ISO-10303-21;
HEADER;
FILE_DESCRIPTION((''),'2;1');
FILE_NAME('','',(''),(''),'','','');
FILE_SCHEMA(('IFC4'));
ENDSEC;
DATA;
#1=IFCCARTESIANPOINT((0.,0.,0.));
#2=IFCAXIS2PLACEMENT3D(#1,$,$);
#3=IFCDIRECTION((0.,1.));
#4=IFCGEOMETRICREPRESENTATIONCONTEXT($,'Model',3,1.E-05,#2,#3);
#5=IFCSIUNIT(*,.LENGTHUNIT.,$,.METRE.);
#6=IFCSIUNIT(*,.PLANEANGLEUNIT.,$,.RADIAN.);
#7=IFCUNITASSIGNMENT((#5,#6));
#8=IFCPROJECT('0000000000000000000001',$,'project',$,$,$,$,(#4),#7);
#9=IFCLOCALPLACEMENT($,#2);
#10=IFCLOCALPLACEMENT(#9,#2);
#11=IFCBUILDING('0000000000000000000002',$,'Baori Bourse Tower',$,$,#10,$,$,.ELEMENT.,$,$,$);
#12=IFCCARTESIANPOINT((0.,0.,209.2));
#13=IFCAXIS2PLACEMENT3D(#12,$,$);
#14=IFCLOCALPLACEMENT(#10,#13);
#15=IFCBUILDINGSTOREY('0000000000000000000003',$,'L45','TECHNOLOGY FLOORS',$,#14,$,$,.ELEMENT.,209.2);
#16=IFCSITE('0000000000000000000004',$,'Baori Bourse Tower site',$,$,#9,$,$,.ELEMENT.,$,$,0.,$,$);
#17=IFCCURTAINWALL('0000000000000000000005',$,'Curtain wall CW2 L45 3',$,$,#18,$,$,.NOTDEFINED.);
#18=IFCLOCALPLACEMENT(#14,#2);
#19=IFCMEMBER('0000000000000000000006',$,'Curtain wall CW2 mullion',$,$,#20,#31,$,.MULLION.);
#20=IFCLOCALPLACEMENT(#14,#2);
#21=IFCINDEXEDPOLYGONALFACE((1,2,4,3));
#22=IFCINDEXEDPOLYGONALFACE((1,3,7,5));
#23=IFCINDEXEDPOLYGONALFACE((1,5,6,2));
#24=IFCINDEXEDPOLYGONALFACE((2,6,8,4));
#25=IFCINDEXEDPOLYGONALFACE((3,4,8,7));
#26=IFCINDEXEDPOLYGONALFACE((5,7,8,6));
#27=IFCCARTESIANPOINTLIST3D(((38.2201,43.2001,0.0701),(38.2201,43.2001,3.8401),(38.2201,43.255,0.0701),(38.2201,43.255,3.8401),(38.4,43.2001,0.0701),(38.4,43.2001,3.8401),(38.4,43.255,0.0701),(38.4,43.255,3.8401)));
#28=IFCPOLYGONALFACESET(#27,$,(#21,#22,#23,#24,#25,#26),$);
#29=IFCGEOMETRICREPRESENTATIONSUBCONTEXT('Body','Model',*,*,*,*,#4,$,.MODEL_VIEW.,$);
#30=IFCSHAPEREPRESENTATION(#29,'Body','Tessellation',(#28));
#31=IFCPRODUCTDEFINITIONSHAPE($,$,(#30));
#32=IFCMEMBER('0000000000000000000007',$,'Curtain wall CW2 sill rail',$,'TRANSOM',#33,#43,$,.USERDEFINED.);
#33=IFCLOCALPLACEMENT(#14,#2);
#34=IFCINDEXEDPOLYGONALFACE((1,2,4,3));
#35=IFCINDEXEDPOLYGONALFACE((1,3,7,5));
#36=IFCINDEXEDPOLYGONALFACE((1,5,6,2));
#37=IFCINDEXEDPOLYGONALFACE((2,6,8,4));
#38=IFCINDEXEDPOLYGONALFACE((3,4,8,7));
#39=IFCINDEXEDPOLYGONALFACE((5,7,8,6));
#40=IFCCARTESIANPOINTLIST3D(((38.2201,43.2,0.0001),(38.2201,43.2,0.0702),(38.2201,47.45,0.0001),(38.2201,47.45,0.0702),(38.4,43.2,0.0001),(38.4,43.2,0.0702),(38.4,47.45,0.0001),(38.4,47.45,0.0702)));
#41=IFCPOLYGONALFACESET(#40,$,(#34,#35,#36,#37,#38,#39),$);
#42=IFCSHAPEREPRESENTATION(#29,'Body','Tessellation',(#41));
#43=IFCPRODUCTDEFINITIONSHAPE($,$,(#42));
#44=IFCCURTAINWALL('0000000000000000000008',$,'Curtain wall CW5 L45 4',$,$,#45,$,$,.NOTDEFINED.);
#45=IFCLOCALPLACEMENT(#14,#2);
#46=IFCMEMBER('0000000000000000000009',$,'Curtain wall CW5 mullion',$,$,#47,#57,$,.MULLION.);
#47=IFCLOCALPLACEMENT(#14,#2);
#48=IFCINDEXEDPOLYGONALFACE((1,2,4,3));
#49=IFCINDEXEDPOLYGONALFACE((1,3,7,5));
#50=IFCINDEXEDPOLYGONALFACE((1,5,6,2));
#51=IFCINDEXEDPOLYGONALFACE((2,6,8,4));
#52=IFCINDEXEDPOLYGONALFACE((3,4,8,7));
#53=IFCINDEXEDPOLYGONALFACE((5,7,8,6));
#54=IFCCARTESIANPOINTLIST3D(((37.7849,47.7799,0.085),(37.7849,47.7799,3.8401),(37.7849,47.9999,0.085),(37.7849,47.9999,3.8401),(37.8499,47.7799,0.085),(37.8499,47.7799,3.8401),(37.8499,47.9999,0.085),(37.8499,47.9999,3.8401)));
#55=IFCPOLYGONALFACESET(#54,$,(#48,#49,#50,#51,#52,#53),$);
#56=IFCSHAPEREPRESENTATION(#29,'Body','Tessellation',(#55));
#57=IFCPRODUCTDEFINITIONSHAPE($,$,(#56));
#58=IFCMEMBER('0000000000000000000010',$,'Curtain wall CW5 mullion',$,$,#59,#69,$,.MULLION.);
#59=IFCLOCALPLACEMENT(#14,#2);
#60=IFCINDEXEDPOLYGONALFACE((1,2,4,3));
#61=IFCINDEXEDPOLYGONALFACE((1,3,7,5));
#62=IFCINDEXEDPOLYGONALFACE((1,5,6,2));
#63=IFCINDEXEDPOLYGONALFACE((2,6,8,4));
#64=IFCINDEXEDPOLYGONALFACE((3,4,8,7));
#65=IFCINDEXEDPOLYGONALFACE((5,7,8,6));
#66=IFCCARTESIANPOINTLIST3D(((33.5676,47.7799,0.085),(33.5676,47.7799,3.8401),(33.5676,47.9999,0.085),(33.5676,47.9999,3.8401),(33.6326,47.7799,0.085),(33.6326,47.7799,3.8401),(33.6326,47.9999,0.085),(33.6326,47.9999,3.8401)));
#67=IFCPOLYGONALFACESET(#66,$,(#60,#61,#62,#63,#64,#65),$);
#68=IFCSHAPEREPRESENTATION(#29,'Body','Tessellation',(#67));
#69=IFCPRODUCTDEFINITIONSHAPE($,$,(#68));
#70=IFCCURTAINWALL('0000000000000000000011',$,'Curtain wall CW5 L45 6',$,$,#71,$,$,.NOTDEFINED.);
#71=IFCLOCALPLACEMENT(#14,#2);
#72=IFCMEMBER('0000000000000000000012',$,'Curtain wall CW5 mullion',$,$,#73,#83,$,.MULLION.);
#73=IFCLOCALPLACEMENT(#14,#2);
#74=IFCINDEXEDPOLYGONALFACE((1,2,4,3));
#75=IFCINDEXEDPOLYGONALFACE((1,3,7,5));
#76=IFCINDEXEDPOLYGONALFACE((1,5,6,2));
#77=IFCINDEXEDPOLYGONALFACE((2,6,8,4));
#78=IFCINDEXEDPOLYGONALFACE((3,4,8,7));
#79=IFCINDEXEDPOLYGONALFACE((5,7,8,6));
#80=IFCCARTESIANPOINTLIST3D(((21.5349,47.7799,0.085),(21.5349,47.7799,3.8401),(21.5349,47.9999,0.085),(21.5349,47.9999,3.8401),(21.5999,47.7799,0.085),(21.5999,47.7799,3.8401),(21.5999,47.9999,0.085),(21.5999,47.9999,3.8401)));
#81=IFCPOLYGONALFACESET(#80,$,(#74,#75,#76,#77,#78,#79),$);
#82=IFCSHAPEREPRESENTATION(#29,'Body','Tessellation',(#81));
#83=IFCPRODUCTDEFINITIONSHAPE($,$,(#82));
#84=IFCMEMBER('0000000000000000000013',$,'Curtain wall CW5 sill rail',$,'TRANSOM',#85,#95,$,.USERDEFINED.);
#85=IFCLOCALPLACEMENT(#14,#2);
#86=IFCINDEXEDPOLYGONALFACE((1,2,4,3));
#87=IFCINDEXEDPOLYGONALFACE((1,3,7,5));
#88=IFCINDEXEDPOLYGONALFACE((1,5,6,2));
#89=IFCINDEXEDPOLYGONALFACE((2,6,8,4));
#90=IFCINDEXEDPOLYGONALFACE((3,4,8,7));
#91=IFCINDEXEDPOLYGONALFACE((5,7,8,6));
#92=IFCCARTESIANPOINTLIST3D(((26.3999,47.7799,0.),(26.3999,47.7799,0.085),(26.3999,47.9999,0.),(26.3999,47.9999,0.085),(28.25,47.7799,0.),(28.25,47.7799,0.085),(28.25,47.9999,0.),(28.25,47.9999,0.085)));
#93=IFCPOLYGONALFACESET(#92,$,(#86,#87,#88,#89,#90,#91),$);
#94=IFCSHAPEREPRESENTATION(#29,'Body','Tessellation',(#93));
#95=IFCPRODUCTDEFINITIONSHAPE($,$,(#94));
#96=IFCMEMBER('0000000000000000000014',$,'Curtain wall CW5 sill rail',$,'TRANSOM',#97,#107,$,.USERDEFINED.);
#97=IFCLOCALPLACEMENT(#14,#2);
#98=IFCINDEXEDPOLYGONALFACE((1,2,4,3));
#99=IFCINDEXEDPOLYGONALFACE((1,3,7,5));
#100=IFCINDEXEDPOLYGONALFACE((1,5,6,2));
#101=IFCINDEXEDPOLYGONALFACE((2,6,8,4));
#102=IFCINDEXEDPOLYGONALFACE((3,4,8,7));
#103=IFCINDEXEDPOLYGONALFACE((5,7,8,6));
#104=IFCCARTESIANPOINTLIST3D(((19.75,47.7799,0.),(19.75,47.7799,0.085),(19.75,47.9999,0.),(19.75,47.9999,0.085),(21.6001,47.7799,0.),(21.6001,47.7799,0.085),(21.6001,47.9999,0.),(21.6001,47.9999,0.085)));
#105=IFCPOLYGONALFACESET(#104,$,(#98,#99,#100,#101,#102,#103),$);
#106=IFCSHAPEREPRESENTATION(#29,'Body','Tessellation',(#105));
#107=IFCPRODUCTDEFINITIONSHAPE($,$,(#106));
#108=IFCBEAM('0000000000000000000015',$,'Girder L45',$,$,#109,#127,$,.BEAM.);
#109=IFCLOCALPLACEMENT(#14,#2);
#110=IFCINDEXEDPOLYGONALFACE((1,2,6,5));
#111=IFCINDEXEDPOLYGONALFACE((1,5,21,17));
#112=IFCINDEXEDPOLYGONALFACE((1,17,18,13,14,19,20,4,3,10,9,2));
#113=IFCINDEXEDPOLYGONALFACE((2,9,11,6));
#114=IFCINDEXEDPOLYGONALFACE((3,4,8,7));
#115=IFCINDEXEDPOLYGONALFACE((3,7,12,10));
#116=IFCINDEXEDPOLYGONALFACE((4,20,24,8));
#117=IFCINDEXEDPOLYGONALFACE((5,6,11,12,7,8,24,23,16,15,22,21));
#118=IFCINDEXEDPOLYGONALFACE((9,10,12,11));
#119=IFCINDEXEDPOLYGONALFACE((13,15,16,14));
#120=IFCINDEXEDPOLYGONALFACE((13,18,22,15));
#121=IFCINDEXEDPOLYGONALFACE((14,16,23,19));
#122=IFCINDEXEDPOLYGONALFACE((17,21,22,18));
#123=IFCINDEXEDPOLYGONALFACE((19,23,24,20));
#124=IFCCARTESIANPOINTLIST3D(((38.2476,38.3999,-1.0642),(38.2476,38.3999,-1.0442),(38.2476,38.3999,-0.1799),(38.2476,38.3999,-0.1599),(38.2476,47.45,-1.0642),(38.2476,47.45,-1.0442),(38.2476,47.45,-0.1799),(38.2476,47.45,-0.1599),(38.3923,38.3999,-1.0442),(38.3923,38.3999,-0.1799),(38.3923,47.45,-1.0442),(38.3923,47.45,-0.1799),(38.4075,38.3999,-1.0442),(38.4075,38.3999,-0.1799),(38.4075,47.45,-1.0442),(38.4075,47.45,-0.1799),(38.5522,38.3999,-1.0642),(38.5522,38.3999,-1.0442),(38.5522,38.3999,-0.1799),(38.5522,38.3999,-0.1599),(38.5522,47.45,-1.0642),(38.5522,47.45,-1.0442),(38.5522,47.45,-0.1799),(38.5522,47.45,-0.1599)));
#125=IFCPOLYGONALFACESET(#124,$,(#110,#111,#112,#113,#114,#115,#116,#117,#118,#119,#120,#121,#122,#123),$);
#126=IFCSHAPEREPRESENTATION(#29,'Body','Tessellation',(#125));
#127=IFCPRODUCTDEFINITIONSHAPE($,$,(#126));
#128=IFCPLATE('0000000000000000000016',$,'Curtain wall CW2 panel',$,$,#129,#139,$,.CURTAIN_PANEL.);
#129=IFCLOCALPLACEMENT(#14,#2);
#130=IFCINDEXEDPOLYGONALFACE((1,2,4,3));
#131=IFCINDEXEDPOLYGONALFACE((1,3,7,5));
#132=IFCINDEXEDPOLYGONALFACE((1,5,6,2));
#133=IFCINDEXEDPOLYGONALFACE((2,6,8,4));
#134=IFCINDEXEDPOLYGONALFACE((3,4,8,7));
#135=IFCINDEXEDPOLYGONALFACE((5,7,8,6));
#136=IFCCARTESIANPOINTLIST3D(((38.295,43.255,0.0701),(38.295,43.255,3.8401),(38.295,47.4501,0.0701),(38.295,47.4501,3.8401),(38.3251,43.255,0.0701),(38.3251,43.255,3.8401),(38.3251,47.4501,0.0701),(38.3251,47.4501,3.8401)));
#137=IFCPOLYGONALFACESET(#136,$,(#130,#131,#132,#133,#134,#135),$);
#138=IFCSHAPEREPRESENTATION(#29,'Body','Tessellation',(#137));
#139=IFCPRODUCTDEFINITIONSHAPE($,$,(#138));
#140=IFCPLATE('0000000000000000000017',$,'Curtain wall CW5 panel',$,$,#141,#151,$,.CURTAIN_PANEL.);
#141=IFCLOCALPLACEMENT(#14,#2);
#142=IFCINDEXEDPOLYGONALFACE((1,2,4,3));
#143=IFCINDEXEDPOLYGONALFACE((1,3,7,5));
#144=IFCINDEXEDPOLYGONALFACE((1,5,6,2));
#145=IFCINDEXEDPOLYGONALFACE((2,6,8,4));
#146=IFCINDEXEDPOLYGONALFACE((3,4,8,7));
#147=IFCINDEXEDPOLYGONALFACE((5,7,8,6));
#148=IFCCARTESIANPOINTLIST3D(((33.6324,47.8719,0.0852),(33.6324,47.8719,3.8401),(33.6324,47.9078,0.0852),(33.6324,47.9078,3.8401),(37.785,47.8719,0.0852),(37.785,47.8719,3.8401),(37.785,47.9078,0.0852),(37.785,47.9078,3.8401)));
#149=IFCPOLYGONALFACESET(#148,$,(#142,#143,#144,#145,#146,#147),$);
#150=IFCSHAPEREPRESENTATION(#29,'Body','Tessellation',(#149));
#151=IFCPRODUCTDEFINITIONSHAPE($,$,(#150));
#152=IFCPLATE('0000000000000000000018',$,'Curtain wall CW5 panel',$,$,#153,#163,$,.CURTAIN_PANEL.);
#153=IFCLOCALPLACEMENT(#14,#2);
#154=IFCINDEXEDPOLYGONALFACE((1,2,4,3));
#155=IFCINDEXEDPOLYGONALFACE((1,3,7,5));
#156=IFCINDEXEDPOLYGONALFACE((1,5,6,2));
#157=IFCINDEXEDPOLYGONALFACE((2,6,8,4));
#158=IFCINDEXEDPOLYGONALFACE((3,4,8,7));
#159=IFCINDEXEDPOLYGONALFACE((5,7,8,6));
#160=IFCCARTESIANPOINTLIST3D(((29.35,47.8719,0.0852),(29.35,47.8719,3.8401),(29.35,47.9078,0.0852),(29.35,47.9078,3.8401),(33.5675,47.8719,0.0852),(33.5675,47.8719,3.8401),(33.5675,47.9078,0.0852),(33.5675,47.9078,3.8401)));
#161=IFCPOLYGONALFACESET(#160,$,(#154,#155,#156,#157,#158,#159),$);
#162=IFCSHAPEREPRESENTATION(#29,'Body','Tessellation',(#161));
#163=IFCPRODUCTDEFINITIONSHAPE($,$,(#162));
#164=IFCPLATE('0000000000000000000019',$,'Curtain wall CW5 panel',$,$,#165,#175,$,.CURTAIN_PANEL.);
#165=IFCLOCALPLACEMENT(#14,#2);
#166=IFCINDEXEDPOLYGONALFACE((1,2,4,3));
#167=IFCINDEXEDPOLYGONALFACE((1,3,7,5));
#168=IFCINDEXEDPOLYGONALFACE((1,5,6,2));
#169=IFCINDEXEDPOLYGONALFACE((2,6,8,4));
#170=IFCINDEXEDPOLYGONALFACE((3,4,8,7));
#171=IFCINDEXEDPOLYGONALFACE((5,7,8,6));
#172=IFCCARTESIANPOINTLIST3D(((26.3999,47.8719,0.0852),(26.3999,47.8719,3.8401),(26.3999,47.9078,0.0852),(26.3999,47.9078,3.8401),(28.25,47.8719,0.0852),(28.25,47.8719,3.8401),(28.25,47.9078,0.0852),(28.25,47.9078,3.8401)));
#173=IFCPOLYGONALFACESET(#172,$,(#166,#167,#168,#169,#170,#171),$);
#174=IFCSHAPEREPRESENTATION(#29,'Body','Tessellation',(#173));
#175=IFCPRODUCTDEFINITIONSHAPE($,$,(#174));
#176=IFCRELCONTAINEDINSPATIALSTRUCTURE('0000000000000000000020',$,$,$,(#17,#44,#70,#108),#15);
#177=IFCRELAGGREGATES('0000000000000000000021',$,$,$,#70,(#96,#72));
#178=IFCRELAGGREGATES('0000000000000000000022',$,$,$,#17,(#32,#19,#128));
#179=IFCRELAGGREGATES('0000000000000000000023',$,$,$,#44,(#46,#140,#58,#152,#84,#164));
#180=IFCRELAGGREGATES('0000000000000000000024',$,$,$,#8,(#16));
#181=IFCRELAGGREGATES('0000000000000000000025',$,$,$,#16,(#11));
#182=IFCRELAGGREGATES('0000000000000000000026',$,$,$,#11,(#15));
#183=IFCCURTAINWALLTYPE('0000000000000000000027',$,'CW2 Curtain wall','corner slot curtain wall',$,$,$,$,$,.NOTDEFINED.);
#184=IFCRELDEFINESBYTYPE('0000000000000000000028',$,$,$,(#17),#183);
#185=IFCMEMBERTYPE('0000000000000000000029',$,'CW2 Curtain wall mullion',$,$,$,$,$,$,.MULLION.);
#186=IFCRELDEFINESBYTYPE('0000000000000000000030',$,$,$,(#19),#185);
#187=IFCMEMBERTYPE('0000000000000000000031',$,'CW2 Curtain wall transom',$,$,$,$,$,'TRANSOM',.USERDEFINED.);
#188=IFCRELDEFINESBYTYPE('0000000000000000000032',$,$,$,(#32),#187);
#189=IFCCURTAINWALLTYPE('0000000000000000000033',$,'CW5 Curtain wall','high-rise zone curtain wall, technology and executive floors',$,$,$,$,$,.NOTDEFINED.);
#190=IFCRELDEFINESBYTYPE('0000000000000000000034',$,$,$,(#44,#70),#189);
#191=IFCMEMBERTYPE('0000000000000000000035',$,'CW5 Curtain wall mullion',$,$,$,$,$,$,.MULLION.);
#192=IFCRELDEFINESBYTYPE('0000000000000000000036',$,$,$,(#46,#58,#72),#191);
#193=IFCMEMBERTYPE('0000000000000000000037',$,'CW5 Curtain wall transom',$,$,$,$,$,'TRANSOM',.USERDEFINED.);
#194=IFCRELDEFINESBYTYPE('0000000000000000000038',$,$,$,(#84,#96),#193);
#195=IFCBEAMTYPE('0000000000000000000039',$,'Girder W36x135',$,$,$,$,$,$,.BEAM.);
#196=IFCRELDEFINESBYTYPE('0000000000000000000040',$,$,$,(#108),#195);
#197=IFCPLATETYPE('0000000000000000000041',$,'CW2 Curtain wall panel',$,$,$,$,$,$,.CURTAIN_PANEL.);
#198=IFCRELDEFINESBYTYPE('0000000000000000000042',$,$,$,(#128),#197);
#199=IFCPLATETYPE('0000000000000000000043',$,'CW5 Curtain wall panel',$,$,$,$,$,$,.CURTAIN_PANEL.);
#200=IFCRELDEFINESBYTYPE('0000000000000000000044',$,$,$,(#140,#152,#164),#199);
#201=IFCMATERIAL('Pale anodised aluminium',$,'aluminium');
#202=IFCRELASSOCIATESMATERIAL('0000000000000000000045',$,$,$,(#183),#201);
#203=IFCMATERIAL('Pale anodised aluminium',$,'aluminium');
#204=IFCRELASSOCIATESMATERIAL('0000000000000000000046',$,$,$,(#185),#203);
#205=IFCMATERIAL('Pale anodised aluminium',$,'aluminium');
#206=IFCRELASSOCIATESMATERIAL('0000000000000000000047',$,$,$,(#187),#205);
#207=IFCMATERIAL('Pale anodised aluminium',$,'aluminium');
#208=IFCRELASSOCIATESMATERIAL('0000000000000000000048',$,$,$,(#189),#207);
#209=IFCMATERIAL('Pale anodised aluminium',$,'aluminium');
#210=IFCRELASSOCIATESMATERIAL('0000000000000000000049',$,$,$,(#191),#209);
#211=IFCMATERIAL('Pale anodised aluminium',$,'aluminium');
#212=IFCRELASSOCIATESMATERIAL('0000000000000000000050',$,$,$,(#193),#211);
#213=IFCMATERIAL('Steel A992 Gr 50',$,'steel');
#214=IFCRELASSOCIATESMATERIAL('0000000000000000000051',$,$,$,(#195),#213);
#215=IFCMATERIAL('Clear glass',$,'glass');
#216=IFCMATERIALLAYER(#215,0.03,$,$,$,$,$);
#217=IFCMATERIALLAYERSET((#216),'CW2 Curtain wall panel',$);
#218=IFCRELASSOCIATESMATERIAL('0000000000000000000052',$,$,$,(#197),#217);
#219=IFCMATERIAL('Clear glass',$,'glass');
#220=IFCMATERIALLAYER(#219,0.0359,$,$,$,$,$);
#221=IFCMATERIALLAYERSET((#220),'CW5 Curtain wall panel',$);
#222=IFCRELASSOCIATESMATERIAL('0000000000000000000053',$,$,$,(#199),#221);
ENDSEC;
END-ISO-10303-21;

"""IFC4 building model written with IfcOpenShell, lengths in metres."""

from ifc_helpers import new_model, si_unit, direction, frame, origin, origin_2d, place, context, subcontext, project, spatial, rectangle, i_section, extrude, material, layer, layer_set, material_profile, profile_set, type_object, element, aggregate, save


model = new_model("IFC4")

# Units and contexts
model_context = context("Model", 3, precision=1e-05, world=origin(), true_north=direction((0.0, 1.0)))
body_context = subcontext(model_context, "Body", "Model", "MODEL_VIEW")
ifc_project = project(units=[si_unit("LENGTHUNIT", "METRE"), si_unit("PLANEANGLEUNIT", "RADIAN")], contexts=[model_context])

# Site, building, storey
site_placement = place(None, origin())
site = spatial("IfcSite", under=ifc_project, at=site_placement, Name="Baori Bourse Tower site", CompositionType="ELEMENT", RefElevation=0.0)
building_placement = place(site_placement, origin())
building = spatial("IfcBuilding", under=site, at=building_placement, Name="Baori Bourse Tower", CompositionType="ELEMENT")
storey_placement = place(building_placement, frame((0.0, 0.0, 209.2)))
storey = spatial("IfcBuildingStorey", under=building, at=storey_placement, Name="L45", Description="TECHNOLOGY FLOORS", CompositionType="ELEMENT", Elevation=209.2)

# Curtain walls, members
ifc_material_1 = material(Name="Pale anodised aluminium", Category="aluminium")
curtain_wall_type_1 = type_object("IfcCurtainWallType", Name="CW2 Curtain wall", Description="corner slot curtain wall", PredefinedType="NOTDEFINED", material=ifc_material_1)
curtain_wall_1_placement = place(storey_placement, origin())
curtain_wall_1 = element("IfcCurtainWall", 1, at=curtain_wall_1_placement, inside=storey, type_object=curtain_wall_type_1, Name="Curtain wall CW2 L45 3", PredefinedType="NOTDEFINED")
ifc_material_2 = material(Name="Pale anodised aluminium", Category="aluminium")
ifc_material_profile_1 = material_profile(ifc_material_2, rectangle(XDim=0.1799, YDim=0.0549, at=origin_2d()), Name="Mullion 55x180")
ifc_profile_set_1 = profile_set([ifc_material_profile_1], Name="Pale anodised aluminium")
member_type_1 = type_object("IfcMemberType", Name="CW2 Curtain wall mullion", PredefinedType="MULLION", material=ifc_profile_set_1)
member_1_placement = place(storey_placement, frame((38.3101, 43.2275, 0.0701), z_axis=(0.0, 0.0, 1.0), x_axis=(-1.0, 0.0, 0.0)))
member_1 = element("IfcMember", 2, at=member_1_placement, type_object=member_type_1, Name="Curtain wall CW2 mullion", PredefinedType="MULLION", context=body_context, shape_type="SweptSolid", body=[
    extrude(rectangle(XDim=0.1799, YDim=0.0549, at=origin_2d()), origin(), (0.0, 0.0, 1.0), 3.77),
])
ifc_material_3 = material(Name="Pale anodised aluminium", Category="aluminium")
ifc_material_profile_2 = material_profile(ifc_material_3, rectangle(XDim=0.1799, YDim=0.0701, at=origin_2d()), Name="Transom 70x180")
ifc_profile_set_2 = profile_set([ifc_material_profile_2], Name="Pale anodised aluminium")
member_type_2 = type_object("IfcMemberType", Name="CW2 Curtain wall transom", ElementType="TRANSOM", PredefinedType="USERDEFINED", material=ifc_profile_set_2)
member_2_placement = place(storey_placement, frame((38.3101, 43.2, 0.0352), z_axis=(0.0, 1.0, 0.0), x_axis=(-1.0, 0.0, 0.0)))
member_2 = element("IfcMember", 3, at=member_2_placement, type_object=member_type_2, Name="Curtain wall CW2 sill rail", ObjectType="TRANSOM", PredefinedType="USERDEFINED", context=body_context, shape_type="SweptSolid", body=[
    extrude(rectangle(XDim=0.1799, YDim=0.0701, at=origin_2d()), origin(), (0.0, 0.0, 1.0), 4.25),
])
ifc_material_4 = material(Name="Pale anodised aluminium", Category="aluminium")
curtain_wall_type_2 = type_object("IfcCurtainWallType", Name="CW5 Curtain wall", Description="high-rise zone curtain wall, technology and executive floors", PredefinedType="NOTDEFINED", material=ifc_material_4)
curtain_wall_2_placement = place(storey_placement, origin())
curtain_wall_2 = element("IfcCurtainWall", 4, at=curtain_wall_2_placement, inside=storey, type_object=curtain_wall_type_2, Name="Curtain wall CW5 L45 4", PredefinedType="NOTDEFINED")
ifc_material_5 = material(Name="Pale anodised aluminium", Category="aluminium")
ifc_material_profile_3 = material_profile(ifc_material_5, rectangle(XDim=0.22, YDim=0.0649, at=origin_2d()), Name="Mullion 65x220")
ifc_profile_set_3 = profile_set([ifc_material_profile_3], Name="Pale anodised aluminium")
member_type_3 = type_object("IfcMemberType", Name="CW5 Curtain wall mullion", PredefinedType="MULLION", material=ifc_profile_set_3)
member_3_placement = place(storey_placement, frame((37.8174, 47.8899, 0.085), z_axis=(0.0, 0.0, 1.0), x_axis=(0.0, -1.0, 0.0)))
member_3 = element("IfcMember", 5, at=member_3_placement, type_object=member_type_3, Name="Curtain wall CW5 mullion", PredefinedType="MULLION", context=body_context, shape_type="SweptSolid", body=[
    extrude(rectangle(XDim=0.22, YDim=0.0649, at=origin_2d()), origin(), (0.0, 0.0, 1.0), 3.7551),
])
member_4_placement = place(storey_placement, frame((33.6001, 47.8899, 0.085), z_axis=(0.0, 0.0, 1.0), x_axis=(0.0, -1.0, 0.0)))
member_4 = element("IfcMember", 6, at=member_4_placement, type_object=member_type_3, Name="Curtain wall CW5 mullion", PredefinedType="MULLION", context=body_context, shape_type="SweptSolid", body=[
    extrude(rectangle(XDim=0.22, YDim=0.0649, at=origin_2d()), origin(), (0.0, 0.0, 1.0), 3.7551),
])

# Curtain wall, member
curtain_wall_3_placement = place(storey_placement, origin())
curtain_wall_3 = element("IfcCurtainWall", 7, at=curtain_wall_3_placement, inside=storey, type_object=curtain_wall_type_2, Name="Curtain wall CW5 L45 6", PredefinedType="NOTDEFINED")
member_5_placement = place(storey_placement, frame((21.5674, 47.8899, 0.085), z_axis=(0.0, 0.0, 1.0), x_axis=(0.0, -1.0, 0.0)))
member_5 = element("IfcMember", 8, at=member_5_placement, type_object=member_type_3, Name="Curtain wall CW5 mullion", PredefinedType="MULLION", context=body_context, shape_type="SweptSolid", body=[
    extrude(rectangle(XDim=0.22, YDim=0.0649, at=origin_2d()), origin(), (0.0, 0.0, 1.0), 3.7551),
])

# Members
ifc_material_6 = material(Name="Pale anodised aluminium", Category="aluminium")
ifc_material_profile_4 = material_profile(ifc_material_6, rectangle(XDim=0.22, YDim=0.085, at=origin_2d()), Name="Transom 85x220")
ifc_profile_set_4 = profile_set([ifc_material_profile_4], Name="Pale anodised aluminium")
member_type_4 = type_object("IfcMemberType", Name="CW5 Curtain wall transom", ElementType="TRANSOM", PredefinedType="USERDEFINED", material=ifc_profile_set_4)
member_6_placement = place(storey_placement, frame((28.25, 47.8899, 0.0425), z_axis=(-1.0, 0.0, 0.0), x_axis=(0.0, -1.0, 0.0)))
member_6 = element("IfcMember", 9, at=member_6_placement, type_object=member_type_4, Name="Curtain wall CW5 sill rail", ObjectType="TRANSOM", PredefinedType="USERDEFINED", context=body_context, shape_type="SweptSolid", body=[
    extrude(rectangle(XDim=0.22, YDim=0.085, at=origin_2d()), origin(), (0.0, 0.0, 1.0), 1.8501),
])
member_7_placement = place(storey_placement, frame((21.6001, 47.8899, 0.0425), z_axis=(-1.0, 0.0, 0.0), x_axis=(0.0, -1.0, 0.0)))
member_7 = element("IfcMember", 10, at=member_7_placement, type_object=member_type_4, Name="Curtain wall CW5 sill rail", ObjectType="TRANSOM", PredefinedType="USERDEFINED", context=body_context, shape_type="SweptSolid", body=[
    extrude(rectangle(XDim=0.22, YDim=0.085, at=origin_2d()), origin(), (0.0, 0.0, 1.0), 1.8501),
])
aggregate(curtain_wall_3, [member_7, member_5])

# Beam
ifc_material_7 = material(Name="Steel A992 Gr 50", Category="steel")
ifc_material_profile_5 = material_profile(ifc_material_7, i_section(OverallWidth=0.3047, OverallDepth=0.9043, WebThickness=0.0151, FlangeThickness=0.02, at=origin_2d()), Name="W36x135")
ifc_profile_set_5 = profile_set([ifc_material_profile_5], Name="Steel A992 Gr 50")
beam_type = type_object("IfcBeamType", Name="Girder W36x135", PredefinedType="BEAM", material=ifc_profile_set_5)
beam_placement = place(storey_placement, frame((38.3999, 38.3999, -0.6121), z_axis=(0.0, 1.0, 0.0), x_axis=(-1.0, 0.0, 0.0)))
element("IfcBeam", 11, at=beam_placement, inside=storey, type_object=beam_type, Name="Girder L45", PredefinedType="BEAM", context=body_context, shape_type="SweptSolid", body=[
    extrude(i_section(OverallWidth=0.3047, OverallDepth=0.9043, WebThickness=0.0151, FlangeThickness=0.02, at=origin_2d()), origin(), (0.0, 0.0, 1.0), 9.05),
])

# Plates
ifc_material_8 = material(Name="Clear glass", Category="glass")
ifc_layer_1 = layer(ifc_material_8, 0.03)
ifc_layer_set_1 = layer_set([ifc_layer_1], Name="CW2 Curtain wall panel")
plate_type_1 = type_object("IfcPlateType", Name="CW2 Curtain wall panel", PredefinedType="CURTAIN_PANEL", material=ifc_layer_set_1)
plate_1_placement = place(storey_placement, frame((38.3101, 45.3525, 0.0701), z_axis=(0.0, 0.0, 1.0), x_axis=(0.0, 1.0, 0.0)))
plate_1 = element("IfcPlate", 12, at=plate_1_placement, type_object=plate_type_1, Name="Curtain wall CW2 panel", PredefinedType="CURTAIN_PANEL", context=body_context, shape_type="SweptSolid", body=[
    extrude(rectangle(XDim=4.1951, YDim=0.03, at=origin_2d()), origin(), (0.0, 0.0, 1.0), 3.77),
])
aggregate(curtain_wall_1, [member_2, member_1, plate_1])
ifc_material_9 = material(Name="Clear glass", Category="glass")
ifc_layer_2 = layer(ifc_material_9, 0.0359)
ifc_layer_set_2 = layer_set([ifc_layer_2], Name="CW5 Curtain wall panel")
plate_type_2 = type_object("IfcPlateType", Name="CW5 Curtain wall panel", PredefinedType="CURTAIN_PANEL", material=ifc_layer_set_2)
plate_2_placement = place(storey_placement, frame((35.7087, 47.8899, 0.0852), z_axis=(0.0, 0.0, 1.0), x_axis=(-1.0, 0.0, 0.0)))
plate_2 = element("IfcPlate", 13, at=plate_2_placement, type_object=plate_type_2, Name="Curtain wall CW5 panel", PredefinedType="CURTAIN_PANEL", context=body_context, shape_type="SweptSolid", body=[
    extrude(rectangle(XDim=4.1526, YDim=0.0359, at=origin_2d()), origin(), (0.0, 0.0, 1.0), 3.7549),
])
plate_3_placement = place(storey_placement, frame((31.4587, 47.8899, 0.0852), z_axis=(0.0, 0.0, 1.0), x_axis=(-1.0, 0.0, 0.0)))
plate_3 = element("IfcPlate", 14, at=plate_3_placement, type_object=plate_type_2, Name="Curtain wall CW5 panel", PredefinedType="CURTAIN_PANEL", context=body_context, shape_type="SweptSolid", body=[
    extrude(rectangle(XDim=4.2175, YDim=0.0359, at=origin_2d()), origin(), (0.0, 0.0, 1.0), 3.7549),
])
plate_4_placement = place(storey_placement, frame((27.325, 47.8899, 0.0852), z_axis=(0.0, 0.0, 1.0), x_axis=(-1.0, 0.0, 0.0)))
plate_4 = element("IfcPlate", 15, at=plate_4_placement, type_object=plate_type_2, Name="Curtain wall CW5 panel", PredefinedType="CURTAIN_PANEL", context=body_context, shape_type="SweptSolid", body=[
    extrude(rectangle(XDim=1.8501, YDim=0.0359, at=origin_2d()), origin(), (0.0, 0.0, 1.0), 3.7549),
])
aggregate(curtain_wall_2, [member_3, plate_2, member_4, plate_3, member_6, plate_4])

save(model, "model.ifc")
